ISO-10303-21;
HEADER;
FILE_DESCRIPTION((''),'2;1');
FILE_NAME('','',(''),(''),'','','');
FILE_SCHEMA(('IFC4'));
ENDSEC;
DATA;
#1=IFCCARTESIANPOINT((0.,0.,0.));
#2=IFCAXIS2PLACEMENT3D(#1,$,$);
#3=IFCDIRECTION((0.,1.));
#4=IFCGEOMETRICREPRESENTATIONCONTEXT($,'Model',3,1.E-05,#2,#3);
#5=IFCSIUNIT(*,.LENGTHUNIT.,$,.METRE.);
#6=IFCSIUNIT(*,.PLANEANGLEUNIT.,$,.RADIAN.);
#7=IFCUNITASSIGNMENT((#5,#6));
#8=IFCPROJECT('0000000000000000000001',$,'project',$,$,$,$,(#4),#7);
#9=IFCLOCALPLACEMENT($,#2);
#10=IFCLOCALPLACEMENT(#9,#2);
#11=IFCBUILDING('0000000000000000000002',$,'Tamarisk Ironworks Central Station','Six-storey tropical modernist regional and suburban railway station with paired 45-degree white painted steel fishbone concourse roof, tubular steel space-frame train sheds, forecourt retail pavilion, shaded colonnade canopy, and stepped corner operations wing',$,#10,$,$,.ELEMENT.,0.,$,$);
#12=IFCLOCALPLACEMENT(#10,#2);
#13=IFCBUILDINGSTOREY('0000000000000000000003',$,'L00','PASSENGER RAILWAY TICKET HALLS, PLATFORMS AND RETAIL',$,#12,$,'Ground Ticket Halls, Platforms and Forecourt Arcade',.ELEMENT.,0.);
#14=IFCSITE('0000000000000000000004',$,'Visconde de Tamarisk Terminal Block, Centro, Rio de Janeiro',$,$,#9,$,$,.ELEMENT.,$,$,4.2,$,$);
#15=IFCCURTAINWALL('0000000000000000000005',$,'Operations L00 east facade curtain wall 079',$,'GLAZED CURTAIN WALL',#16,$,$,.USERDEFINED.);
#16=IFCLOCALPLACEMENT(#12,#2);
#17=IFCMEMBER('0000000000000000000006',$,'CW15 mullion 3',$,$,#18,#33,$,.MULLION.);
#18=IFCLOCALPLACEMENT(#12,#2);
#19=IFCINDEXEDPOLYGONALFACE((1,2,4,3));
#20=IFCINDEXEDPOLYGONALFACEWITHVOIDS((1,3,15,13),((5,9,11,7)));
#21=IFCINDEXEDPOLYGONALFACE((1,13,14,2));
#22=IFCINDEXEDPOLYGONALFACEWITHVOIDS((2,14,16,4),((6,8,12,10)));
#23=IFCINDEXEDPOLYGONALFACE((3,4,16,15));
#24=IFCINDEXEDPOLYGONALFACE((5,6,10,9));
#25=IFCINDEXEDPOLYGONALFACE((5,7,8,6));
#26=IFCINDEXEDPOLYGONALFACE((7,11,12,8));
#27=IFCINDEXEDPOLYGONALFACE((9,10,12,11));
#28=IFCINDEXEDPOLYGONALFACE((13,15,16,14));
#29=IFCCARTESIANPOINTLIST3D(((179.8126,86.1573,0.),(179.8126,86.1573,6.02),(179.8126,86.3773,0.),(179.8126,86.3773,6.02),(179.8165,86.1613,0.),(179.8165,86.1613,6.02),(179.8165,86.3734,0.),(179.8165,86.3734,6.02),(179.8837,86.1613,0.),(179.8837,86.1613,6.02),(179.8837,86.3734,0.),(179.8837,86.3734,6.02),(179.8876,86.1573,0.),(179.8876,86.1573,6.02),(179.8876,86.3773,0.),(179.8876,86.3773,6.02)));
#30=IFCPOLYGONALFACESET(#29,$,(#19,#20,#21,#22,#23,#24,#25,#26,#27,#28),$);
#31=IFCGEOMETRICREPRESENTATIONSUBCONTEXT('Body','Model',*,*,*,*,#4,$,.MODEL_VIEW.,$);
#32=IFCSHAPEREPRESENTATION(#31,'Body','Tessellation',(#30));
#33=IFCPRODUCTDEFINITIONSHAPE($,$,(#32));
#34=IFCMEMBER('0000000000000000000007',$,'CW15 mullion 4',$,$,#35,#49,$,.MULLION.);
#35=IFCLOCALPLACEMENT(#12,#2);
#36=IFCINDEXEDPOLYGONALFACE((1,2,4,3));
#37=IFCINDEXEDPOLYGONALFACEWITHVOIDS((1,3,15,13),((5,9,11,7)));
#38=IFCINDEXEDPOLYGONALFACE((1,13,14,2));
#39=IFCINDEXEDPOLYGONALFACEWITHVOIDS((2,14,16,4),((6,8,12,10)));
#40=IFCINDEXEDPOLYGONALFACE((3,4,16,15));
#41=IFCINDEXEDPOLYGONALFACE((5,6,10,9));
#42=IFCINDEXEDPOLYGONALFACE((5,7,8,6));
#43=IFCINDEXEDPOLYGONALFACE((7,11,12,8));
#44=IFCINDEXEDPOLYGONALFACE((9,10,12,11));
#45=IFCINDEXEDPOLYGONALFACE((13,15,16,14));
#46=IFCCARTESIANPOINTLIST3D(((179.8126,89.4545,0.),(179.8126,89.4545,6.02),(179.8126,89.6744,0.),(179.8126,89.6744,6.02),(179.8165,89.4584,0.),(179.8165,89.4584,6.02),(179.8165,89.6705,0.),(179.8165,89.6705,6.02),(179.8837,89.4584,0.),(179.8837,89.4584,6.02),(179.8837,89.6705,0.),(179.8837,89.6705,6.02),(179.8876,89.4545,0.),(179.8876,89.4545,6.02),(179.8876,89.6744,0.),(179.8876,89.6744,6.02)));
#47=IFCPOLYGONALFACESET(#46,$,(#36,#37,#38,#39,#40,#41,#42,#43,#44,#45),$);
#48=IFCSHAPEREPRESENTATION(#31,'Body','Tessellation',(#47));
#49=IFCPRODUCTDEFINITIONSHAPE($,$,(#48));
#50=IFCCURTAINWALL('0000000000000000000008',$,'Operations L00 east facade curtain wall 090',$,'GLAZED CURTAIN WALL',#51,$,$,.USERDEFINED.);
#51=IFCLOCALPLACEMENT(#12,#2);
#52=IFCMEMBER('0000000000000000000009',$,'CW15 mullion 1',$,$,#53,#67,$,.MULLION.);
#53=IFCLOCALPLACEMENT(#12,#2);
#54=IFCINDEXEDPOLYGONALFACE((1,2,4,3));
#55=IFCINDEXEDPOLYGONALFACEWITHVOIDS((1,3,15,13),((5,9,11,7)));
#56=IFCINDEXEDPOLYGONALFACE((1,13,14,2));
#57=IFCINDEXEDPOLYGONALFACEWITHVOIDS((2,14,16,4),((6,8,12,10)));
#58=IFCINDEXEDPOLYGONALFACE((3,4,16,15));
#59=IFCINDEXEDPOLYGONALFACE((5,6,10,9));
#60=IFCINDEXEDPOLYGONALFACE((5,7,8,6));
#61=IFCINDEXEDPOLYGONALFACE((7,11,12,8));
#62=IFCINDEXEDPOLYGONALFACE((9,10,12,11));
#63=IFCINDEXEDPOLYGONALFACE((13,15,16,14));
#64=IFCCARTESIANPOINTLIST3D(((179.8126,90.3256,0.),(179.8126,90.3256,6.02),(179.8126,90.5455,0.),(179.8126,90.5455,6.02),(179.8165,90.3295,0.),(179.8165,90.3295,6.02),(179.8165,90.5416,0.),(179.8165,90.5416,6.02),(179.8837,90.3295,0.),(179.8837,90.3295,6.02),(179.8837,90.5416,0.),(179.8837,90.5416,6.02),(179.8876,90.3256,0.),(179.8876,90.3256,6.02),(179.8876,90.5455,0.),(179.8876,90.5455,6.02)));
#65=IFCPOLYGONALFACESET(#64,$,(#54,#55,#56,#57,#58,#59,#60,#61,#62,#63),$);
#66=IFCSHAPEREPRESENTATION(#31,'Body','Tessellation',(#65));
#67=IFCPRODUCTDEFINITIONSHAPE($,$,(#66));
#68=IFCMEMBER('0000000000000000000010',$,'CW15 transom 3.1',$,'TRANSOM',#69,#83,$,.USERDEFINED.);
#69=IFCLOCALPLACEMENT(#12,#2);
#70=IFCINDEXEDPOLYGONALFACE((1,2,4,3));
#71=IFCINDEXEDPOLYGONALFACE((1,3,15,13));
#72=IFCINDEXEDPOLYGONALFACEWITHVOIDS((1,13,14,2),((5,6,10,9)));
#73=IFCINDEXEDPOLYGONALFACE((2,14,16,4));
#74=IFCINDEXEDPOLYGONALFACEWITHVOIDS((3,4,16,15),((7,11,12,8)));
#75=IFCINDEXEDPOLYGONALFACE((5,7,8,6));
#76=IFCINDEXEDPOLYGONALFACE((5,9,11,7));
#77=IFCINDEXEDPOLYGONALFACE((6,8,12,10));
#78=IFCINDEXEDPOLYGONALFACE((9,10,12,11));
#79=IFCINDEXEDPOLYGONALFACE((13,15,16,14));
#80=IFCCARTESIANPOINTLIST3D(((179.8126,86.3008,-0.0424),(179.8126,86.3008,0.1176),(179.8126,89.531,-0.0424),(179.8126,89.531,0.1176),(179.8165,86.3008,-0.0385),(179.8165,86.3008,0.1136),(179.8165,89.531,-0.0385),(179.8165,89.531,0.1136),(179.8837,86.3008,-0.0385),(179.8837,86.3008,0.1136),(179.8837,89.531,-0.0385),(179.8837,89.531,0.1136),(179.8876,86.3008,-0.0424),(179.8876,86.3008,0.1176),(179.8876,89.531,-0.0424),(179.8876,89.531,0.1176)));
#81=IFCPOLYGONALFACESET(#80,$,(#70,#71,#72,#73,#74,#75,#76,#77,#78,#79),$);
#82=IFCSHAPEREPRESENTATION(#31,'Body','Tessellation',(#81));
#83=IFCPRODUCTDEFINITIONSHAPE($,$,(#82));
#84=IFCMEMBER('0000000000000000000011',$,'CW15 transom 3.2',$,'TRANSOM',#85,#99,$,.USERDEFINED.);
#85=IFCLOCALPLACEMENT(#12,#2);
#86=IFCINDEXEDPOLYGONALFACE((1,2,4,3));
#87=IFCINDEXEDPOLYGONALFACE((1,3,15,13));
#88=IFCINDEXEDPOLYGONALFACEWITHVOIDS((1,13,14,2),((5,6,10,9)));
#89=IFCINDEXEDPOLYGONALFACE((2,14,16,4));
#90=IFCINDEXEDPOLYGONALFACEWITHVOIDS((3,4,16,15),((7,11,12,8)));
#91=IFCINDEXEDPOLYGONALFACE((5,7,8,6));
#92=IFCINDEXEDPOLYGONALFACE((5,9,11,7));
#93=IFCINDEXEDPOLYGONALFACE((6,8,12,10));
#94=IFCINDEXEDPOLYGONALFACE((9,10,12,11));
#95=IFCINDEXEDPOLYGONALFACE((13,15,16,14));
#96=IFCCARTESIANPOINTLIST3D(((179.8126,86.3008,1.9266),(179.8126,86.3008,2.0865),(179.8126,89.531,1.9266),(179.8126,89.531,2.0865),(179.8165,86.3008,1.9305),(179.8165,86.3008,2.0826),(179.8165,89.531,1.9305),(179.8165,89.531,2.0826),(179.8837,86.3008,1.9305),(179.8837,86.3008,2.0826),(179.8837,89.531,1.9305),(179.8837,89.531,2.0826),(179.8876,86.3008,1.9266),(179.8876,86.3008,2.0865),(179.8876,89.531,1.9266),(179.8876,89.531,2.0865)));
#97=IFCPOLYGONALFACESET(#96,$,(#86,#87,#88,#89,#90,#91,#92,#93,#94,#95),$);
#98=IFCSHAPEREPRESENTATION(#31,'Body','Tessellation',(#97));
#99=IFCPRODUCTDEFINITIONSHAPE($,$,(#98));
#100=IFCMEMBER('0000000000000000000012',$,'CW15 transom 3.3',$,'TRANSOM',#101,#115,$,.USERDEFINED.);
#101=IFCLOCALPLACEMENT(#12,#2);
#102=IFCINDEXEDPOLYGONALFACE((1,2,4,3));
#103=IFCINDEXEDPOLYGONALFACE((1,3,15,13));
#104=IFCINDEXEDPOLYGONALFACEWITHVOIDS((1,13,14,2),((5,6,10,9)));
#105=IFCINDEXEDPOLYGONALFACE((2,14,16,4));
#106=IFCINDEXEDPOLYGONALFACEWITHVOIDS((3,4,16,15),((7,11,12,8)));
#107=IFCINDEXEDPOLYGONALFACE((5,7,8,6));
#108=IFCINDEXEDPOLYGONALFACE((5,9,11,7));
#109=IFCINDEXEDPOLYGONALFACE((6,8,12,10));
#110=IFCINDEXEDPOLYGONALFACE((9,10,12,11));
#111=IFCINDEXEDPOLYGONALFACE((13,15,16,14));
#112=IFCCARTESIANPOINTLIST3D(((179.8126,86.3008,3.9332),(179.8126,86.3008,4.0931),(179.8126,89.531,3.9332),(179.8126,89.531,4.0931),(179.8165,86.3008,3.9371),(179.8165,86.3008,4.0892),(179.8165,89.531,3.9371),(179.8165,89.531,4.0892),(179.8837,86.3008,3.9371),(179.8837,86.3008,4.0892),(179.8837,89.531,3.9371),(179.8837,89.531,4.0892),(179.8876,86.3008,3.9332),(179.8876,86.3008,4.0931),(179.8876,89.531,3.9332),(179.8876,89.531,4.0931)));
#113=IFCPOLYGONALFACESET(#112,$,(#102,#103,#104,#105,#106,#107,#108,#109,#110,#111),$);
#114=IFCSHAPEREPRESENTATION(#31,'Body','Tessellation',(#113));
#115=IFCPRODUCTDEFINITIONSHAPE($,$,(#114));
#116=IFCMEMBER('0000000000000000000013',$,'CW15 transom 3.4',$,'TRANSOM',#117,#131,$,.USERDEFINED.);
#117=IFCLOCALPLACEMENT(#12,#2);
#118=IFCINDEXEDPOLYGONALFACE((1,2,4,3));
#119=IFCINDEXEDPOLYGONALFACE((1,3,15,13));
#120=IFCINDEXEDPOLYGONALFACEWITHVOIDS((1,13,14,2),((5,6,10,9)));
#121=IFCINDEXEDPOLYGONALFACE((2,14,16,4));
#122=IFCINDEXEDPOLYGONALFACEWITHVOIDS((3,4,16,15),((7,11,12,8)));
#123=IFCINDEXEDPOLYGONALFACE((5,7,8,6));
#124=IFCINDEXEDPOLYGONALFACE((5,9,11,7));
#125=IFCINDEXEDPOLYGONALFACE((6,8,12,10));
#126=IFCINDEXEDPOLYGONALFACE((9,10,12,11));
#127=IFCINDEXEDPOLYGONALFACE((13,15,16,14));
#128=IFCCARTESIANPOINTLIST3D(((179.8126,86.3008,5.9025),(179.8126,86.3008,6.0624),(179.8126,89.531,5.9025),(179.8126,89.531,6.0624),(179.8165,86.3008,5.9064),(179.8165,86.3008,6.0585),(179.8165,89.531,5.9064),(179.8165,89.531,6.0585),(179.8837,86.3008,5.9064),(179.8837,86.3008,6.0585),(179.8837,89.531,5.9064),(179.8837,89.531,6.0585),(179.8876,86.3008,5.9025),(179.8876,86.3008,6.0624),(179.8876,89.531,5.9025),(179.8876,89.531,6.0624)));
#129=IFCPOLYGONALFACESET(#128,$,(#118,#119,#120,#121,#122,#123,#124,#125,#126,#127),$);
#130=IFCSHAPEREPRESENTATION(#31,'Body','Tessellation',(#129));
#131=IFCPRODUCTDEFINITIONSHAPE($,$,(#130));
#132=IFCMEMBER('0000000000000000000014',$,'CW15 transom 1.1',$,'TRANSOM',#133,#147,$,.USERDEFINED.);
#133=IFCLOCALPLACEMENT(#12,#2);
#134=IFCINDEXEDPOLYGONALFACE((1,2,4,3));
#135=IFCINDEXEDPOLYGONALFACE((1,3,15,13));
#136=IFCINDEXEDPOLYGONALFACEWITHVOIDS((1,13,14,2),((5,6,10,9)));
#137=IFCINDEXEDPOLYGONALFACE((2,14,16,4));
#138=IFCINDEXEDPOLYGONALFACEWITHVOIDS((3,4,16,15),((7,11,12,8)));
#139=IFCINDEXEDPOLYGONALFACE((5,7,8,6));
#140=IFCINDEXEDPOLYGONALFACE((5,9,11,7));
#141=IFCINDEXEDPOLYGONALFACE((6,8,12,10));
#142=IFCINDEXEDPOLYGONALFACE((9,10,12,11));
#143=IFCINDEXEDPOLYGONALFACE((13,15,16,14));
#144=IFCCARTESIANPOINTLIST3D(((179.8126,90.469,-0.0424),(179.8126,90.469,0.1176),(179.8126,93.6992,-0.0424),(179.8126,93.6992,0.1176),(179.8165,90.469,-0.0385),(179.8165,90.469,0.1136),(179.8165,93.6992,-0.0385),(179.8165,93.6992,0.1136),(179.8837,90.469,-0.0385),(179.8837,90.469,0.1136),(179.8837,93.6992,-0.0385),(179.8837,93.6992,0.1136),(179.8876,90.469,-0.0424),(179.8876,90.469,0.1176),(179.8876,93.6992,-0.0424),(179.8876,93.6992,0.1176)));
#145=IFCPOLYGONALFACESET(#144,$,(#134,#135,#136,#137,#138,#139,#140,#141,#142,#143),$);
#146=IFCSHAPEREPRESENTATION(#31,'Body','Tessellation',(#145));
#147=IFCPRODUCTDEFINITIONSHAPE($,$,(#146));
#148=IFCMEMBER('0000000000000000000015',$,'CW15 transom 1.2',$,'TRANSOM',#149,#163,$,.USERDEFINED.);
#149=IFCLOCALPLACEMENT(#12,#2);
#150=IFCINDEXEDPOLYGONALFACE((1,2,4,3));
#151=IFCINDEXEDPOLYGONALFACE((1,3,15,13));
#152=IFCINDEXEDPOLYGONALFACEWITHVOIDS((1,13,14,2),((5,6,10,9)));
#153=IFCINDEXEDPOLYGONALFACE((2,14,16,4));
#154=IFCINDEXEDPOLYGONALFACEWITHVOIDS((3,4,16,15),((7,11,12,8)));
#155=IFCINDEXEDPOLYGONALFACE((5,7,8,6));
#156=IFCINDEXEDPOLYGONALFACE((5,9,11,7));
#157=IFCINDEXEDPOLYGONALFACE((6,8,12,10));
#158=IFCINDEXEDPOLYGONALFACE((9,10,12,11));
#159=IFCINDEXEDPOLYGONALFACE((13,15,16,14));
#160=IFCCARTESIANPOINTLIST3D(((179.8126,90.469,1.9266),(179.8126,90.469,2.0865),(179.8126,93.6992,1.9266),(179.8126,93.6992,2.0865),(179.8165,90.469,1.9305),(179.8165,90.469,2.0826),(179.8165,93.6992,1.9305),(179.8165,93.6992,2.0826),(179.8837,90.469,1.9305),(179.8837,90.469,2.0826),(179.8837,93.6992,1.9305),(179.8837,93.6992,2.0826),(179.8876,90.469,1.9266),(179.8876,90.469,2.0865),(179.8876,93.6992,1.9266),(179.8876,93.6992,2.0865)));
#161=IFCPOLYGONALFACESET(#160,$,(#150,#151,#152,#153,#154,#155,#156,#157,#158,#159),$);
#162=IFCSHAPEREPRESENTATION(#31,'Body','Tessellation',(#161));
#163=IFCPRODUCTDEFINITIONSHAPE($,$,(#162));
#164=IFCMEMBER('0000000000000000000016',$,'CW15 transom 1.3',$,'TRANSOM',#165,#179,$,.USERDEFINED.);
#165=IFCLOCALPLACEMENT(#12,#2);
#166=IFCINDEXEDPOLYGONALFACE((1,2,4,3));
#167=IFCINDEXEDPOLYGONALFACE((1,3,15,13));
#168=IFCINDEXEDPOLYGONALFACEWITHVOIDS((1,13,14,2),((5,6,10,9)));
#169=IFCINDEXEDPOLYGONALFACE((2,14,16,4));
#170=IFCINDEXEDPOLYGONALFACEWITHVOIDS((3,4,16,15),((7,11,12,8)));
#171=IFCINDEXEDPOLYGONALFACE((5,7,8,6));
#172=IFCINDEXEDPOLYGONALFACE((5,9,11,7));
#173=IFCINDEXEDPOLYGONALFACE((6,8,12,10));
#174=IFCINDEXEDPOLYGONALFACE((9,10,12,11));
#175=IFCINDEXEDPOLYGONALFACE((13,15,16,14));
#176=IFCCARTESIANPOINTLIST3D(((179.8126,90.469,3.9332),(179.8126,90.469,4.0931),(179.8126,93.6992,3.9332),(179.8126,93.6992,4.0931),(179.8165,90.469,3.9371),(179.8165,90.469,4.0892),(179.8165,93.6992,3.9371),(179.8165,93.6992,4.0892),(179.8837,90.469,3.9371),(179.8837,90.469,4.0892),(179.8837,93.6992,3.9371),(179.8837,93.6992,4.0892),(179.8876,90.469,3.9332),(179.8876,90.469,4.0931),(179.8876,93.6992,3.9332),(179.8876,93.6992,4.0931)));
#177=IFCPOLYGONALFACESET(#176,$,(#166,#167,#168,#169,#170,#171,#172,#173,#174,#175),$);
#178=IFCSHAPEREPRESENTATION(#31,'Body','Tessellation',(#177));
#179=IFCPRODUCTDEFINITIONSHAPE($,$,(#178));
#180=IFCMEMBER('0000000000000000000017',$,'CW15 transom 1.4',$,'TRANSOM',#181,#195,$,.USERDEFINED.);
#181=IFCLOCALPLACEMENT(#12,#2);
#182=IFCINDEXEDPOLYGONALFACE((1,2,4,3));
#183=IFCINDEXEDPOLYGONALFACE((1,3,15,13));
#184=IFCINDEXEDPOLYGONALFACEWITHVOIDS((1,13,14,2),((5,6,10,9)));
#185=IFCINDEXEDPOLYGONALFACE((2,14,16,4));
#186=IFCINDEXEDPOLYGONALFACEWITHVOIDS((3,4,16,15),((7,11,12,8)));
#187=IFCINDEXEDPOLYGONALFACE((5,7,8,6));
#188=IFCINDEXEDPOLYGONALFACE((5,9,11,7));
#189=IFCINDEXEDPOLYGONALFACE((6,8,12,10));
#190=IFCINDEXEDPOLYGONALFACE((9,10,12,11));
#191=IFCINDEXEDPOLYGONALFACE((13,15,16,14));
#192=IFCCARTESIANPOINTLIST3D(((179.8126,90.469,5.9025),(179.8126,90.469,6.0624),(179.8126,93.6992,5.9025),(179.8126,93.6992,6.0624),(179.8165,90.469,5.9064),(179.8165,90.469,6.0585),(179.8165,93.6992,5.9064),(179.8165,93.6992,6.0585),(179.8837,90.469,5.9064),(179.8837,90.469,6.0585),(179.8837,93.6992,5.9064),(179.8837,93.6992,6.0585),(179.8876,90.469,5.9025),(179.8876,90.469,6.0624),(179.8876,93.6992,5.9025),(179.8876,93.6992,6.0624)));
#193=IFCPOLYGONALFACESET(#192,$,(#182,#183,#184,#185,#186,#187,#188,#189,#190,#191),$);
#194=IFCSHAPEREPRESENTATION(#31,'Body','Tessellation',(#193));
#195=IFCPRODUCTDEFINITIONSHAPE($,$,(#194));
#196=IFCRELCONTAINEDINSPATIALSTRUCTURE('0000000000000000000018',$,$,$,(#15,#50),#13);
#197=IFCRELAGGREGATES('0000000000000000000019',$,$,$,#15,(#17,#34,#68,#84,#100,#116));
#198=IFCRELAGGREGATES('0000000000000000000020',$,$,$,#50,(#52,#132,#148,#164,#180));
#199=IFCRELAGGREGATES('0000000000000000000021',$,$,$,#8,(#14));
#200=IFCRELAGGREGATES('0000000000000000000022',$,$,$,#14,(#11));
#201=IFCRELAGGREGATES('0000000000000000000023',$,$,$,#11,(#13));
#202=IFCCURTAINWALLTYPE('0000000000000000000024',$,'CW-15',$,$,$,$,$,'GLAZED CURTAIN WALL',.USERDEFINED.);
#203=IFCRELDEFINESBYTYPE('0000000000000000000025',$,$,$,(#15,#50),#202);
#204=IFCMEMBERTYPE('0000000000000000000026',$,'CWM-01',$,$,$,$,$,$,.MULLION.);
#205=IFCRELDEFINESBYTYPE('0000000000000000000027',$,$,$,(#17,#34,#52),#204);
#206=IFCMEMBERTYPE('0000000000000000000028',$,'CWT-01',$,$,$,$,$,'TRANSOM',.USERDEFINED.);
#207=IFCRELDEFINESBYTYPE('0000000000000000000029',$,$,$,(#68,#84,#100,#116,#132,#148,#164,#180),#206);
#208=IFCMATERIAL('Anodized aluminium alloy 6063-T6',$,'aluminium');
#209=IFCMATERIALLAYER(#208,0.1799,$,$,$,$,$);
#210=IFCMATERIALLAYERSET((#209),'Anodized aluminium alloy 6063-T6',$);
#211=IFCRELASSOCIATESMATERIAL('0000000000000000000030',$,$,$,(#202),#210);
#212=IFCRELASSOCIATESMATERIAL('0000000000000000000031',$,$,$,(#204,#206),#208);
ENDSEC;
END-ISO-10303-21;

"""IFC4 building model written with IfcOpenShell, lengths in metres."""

from ifc_helpers import new_model, si_unit, direction, frame, origin, origin_2d, place, context, subcontext, project, spatial, hollow_rectangle, extrude, material, layer, layer_set, material_profile, profile_set, type_object, element, aggregate, save


model = new_model("IFC4")

# Units and contexts
model_context = context("Model", 3, precision=1e-05, world=origin(), true_north=direction((0.0, 1.0)))
body_context = subcontext(model_context, "Body", "Model", "MODEL_VIEW")
ifc_project = project(units=[si_unit("LENGTHUNIT", "METRE"), si_unit("PLANEANGLEUNIT", "RADIAN")], contexts=[model_context])

# Site, building, storey
site_placement = place(None, origin())
site = spatial("IfcSite", under=ifc_project, at=site_placement, Name="Visconde de Tamarisk Terminal Block, Centro, Rio de Janeiro", CompositionType="ELEMENT", RefElevation=4.2)
building_placement = place(site_placement, origin())
building = spatial("IfcBuilding", under=site, at=building_placement, Name="Tamarisk Ironworks Central Station", Description="Six-storey tropical modernist regional and suburban railway station with paired 45-degree white painted steel fishbone concourse roof, tubular steel space-frame train sheds, forecourt retail pavilion, shaded colonnade canopy, and stepped corner operations wing", CompositionType="ELEMENT", ElevationOfRefHeight=0.0)
storey_placement = place(building_placement, origin())
storey = spatial("IfcBuildingStorey", under=building, at=storey_placement, Name="L00", Description="PASSENGER RAILWAY TICKET HALLS, PLATFORMS AND RETAIL", LongName="Ground Ticket Halls, Platforms and Forecourt Arcade", CompositionType="ELEMENT", Elevation=0.0)

# Curtain wall, members
ifc_material_1 = material(Name="Anodized aluminium alloy 6063-T6", Category="aluminium")
ifc_layer_1 = layer(ifc_material_1, 0.1799)
ifc_layer_set_1 = layer_set([ifc_layer_1], Name="Anodized aluminium alloy 6063-T6")
curtain_wall_type = type_object("IfcCurtainWallType", Name="CW-15", ElementType="GLAZED CURTAIN WALL", PredefinedType="USERDEFINED", material=ifc_layer_set_1)
curtain_wall_1_placement = place(storey_placement, origin())
curtain_wall_1 = element("IfcCurtainWall", 1, at=curtain_wall_1_placement, inside=storey, type_object=curtain_wall_type, Name="Operations L00 east facade curtain wall 079", ObjectType="GLAZED CURTAIN WALL", PredefinedType="USERDEFINED")
ifc_material_profile_1 = material_profile(ifc_material_1, hollow_rectangle(XDim=0.075, YDim=0.22, WallThickness=0.0039, at=origin_2d()), Name="ALUM 220x75")
ifc_profile_set_1 = profile_set([ifc_material_profile_1], Name="Anodized aluminium alloy 6063-T6")
member_type_1 = type_object("IfcMemberType", Name="CWM-01", PredefinedType="MULLION", material=ifc_profile_set_1)
member_1_placement = place(storey_placement, frame((179.8501, 86.2673, 0.0), z_axis=(0.0, 0.0, 1.0), x_axis=(-1.0, 0.0, 0.0)))
member_1 = element("IfcMember", 2, at=member_1_placement, type_object=member_type_1, Name="CW15 mullion 3", PredefinedType="MULLION", context=body_context, shape_type="SweptSolid", body=[
    extrude(hollow_rectangle(XDim=0.075, YDim=0.22, WallThickness=0.0039, at=origin_2d()), origin(), (0.0, 0.0, 1.0), 6.02),
])
member_2_placement = place(storey_placement, frame((179.8501, 89.5645, 0.0), z_axis=(0.0, 0.0, 1.0), x_axis=(-1.0, 0.0, 0.0)))
member_2 = element("IfcMember", 3, at=member_2_placement, type_object=member_type_1, Name="CW15 mullion 4", PredefinedType="MULLION", context=body_context, shape_type="SweptSolid", body=[
    extrude(hollow_rectangle(XDim=0.075, YDim=0.22, WallThickness=0.0039, at=origin_2d()), origin(), (0.0, 0.0, 1.0), 6.02),
])

# Curtain wall, member
curtain_wall_2_placement = place(storey_placement, origin())
curtain_wall_2 = element("IfcCurtainWall", 4, at=curtain_wall_2_placement, inside=storey, type_object=curtain_wall_type, Name="Operations L00 east facade curtain wall 090", ObjectType="GLAZED CURTAIN WALL", PredefinedType="USERDEFINED")
member_3_placement = place(storey_placement, frame((179.8501, 90.4355, 0.0), z_axis=(0.0, 0.0, 1.0), x_axis=(-1.0, 0.0, 0.0)))
member_3 = element("IfcMember", 5, at=member_3_placement, type_object=member_type_1, Name="CW15 mullion 1", PredefinedType="MULLION", context=body_context, shape_type="SweptSolid", body=[
    extrude(hollow_rectangle(XDim=0.075, YDim=0.22, WallThickness=0.0039, at=origin_2d()), origin(), (0.0, 0.0, 1.0), 6.02),
])

# Members
ifc_material_profile_2 = material_profile(ifc_material_1, hollow_rectangle(XDim=0.075, YDim=0.1599, WallThickness=0.0039, at=origin_2d()), Name="ALUM 160x75")
ifc_profile_set_2 = profile_set([ifc_material_profile_2], Name="Anodized aluminium alloy 6063-T6")
member_type_2 = type_object("IfcMemberType", Name="CWT-01", ElementType="TRANSOM", PredefinedType="USERDEFINED", material=ifc_profile_set_2)
member_4_placement = place(storey_placement, frame((179.8501, 86.3008, 0.0376), z_axis=(0.0, 1.0, 0.0), x_axis=(-1.0, 0.0, 0.0)))
member_4 = element("IfcMember", 6, at=member_4_placement, type_object=member_type_2, Name="CW15 transom 3.1", ObjectType="TRANSOM", PredefinedType="USERDEFINED", context=body_context, shape_type="SweptSolid", body=[
    extrude(hollow_rectangle(XDim=0.075, YDim=0.1599, WallThickness=0.0039, at=origin_2d()), origin(), (0.0, 0.0, 1.0), 3.2302),
])
member_5_placement = place(storey_placement, frame((179.8501, 86.3008, 2.0066), z_axis=(0.0, 1.0, 0.0), x_axis=(-1.0, 0.0, 0.0)))
member_5 = element("IfcMember", 7, at=member_5_placement, type_object=member_type_2, Name="CW15 transom 3.2", ObjectType="TRANSOM", PredefinedType="USERDEFINED", context=body_context, shape_type="SweptSolid", body=[
    extrude(hollow_rectangle(XDim=0.075, YDim=0.1599, WallThickness=0.0039, at=origin_2d()), origin(), (0.0, 0.0, 1.0), 3.2302),
])
member_6_placement = place(storey_placement, frame((179.8501, 86.3008, 4.0132), z_axis=(0.0, 1.0, 0.0), x_axis=(-1.0, 0.0, 0.0)))
member_6 = element("IfcMember", 8, at=member_6_placement, type_object=member_type_2, Name="CW15 transom 3.3", ObjectType="TRANSOM", PredefinedType="USERDEFINED", context=body_context, shape_type="SweptSolid", body=[
    extrude(hollow_rectangle(XDim=0.075, YDim=0.1599, WallThickness=0.0039, at=origin_2d()), origin(), (0.0, 0.0, 1.0), 3.2302),
])
member_7_placement = place(storey_placement, frame((179.8501, 86.3008, 5.9824), z_axis=(0.0, 1.0, 0.0), x_axis=(-1.0, 0.0, 0.0)))
member_7 = element("IfcMember", 9, at=member_7_placement, type_object=member_type_2, Name="CW15 transom 3.4", ObjectType="TRANSOM", PredefinedType="USERDEFINED", context=body_context, shape_type="SweptSolid", body=[
    extrude(hollow_rectangle(XDim=0.075, YDim=0.1599, WallThickness=0.0039, at=origin_2d()), origin(), (0.0, 0.0, 1.0), 3.2302),
])
member_8_placement = place(storey_placement, frame((179.8501, 90.469, 0.0376), z_axis=(0.0, 1.0, 0.0), x_axis=(-1.0, 0.0, 0.0)))
member_8 = element("IfcMember", 10, at=member_8_placement, type_object=member_type_2, Name="CW15 transom 1.1", ObjectType="TRANSOM", PredefinedType="USERDEFINED", context=body_context, shape_type="SweptSolid", body=[
    extrude(hollow_rectangle(XDim=0.075, YDim=0.1599, WallThickness=0.0039, at=origin_2d()), origin(), (0.0, 0.0, 1.0), 3.2302),
])
member_9_placement = place(storey_placement, frame((179.8501, 90.469, 2.0066), z_axis=(0.0, 1.0, 0.0), x_axis=(-1.0, 0.0, 0.0)))
member_9 = element("IfcMember", 11, at=member_9_placement, type_object=member_type_2, Name="CW15 transom 1.2", ObjectType="TRANSOM", PredefinedType="USERDEFINED", context=body_context, shape_type="SweptSolid", body=[
    extrude(hollow_rectangle(XDim=0.075, YDim=0.1599, WallThickness=0.0039, at=origin_2d()), origin(), (0.0, 0.0, 1.0), 3.2302),
])
member_10_placement = place(storey_placement, frame((179.8501, 90.469, 4.0132), z_axis=(0.0, 1.0, 0.0), x_axis=(-1.0, 0.0, 0.0)))
member_10 = element("IfcMember", 12, at=member_10_placement, type_object=member_type_2, Name="CW15 transom 1.3", ObjectType="TRANSOM", PredefinedType="USERDEFINED", context=body_context, shape_type="SweptSolid", body=[
    extrude(hollow_rectangle(XDim=0.075, YDim=0.1599, WallThickness=0.0039, at=origin_2d()), origin(), (0.0, 0.0, 1.0), 3.2302),
])
member_11_placement = place(storey_placement, frame((179.8501, 90.469, 5.9824), z_axis=(0.0, 1.0, 0.0), x_axis=(-1.0, 0.0, 0.0)))
member_11 = element("IfcMember", 13, at=member_11_placement, type_object=member_type_2, Name="CW15 transom 1.4", ObjectType="TRANSOM", PredefinedType="USERDEFINED", context=body_context, shape_type="SweptSolid", body=[
    extrude(hollow_rectangle(XDim=0.075, YDim=0.1599, WallThickness=0.0039, at=origin_2d()), origin(), (0.0, 0.0, 1.0), 3.2302),
])

aggregate(curtain_wall_1, [member_1, member_2, member_4, member_5, member_6, member_7])
aggregate(curtain_wall_2, [member_3, member_8, member_9, member_10, member_11])

save(model, "model.ifc")
